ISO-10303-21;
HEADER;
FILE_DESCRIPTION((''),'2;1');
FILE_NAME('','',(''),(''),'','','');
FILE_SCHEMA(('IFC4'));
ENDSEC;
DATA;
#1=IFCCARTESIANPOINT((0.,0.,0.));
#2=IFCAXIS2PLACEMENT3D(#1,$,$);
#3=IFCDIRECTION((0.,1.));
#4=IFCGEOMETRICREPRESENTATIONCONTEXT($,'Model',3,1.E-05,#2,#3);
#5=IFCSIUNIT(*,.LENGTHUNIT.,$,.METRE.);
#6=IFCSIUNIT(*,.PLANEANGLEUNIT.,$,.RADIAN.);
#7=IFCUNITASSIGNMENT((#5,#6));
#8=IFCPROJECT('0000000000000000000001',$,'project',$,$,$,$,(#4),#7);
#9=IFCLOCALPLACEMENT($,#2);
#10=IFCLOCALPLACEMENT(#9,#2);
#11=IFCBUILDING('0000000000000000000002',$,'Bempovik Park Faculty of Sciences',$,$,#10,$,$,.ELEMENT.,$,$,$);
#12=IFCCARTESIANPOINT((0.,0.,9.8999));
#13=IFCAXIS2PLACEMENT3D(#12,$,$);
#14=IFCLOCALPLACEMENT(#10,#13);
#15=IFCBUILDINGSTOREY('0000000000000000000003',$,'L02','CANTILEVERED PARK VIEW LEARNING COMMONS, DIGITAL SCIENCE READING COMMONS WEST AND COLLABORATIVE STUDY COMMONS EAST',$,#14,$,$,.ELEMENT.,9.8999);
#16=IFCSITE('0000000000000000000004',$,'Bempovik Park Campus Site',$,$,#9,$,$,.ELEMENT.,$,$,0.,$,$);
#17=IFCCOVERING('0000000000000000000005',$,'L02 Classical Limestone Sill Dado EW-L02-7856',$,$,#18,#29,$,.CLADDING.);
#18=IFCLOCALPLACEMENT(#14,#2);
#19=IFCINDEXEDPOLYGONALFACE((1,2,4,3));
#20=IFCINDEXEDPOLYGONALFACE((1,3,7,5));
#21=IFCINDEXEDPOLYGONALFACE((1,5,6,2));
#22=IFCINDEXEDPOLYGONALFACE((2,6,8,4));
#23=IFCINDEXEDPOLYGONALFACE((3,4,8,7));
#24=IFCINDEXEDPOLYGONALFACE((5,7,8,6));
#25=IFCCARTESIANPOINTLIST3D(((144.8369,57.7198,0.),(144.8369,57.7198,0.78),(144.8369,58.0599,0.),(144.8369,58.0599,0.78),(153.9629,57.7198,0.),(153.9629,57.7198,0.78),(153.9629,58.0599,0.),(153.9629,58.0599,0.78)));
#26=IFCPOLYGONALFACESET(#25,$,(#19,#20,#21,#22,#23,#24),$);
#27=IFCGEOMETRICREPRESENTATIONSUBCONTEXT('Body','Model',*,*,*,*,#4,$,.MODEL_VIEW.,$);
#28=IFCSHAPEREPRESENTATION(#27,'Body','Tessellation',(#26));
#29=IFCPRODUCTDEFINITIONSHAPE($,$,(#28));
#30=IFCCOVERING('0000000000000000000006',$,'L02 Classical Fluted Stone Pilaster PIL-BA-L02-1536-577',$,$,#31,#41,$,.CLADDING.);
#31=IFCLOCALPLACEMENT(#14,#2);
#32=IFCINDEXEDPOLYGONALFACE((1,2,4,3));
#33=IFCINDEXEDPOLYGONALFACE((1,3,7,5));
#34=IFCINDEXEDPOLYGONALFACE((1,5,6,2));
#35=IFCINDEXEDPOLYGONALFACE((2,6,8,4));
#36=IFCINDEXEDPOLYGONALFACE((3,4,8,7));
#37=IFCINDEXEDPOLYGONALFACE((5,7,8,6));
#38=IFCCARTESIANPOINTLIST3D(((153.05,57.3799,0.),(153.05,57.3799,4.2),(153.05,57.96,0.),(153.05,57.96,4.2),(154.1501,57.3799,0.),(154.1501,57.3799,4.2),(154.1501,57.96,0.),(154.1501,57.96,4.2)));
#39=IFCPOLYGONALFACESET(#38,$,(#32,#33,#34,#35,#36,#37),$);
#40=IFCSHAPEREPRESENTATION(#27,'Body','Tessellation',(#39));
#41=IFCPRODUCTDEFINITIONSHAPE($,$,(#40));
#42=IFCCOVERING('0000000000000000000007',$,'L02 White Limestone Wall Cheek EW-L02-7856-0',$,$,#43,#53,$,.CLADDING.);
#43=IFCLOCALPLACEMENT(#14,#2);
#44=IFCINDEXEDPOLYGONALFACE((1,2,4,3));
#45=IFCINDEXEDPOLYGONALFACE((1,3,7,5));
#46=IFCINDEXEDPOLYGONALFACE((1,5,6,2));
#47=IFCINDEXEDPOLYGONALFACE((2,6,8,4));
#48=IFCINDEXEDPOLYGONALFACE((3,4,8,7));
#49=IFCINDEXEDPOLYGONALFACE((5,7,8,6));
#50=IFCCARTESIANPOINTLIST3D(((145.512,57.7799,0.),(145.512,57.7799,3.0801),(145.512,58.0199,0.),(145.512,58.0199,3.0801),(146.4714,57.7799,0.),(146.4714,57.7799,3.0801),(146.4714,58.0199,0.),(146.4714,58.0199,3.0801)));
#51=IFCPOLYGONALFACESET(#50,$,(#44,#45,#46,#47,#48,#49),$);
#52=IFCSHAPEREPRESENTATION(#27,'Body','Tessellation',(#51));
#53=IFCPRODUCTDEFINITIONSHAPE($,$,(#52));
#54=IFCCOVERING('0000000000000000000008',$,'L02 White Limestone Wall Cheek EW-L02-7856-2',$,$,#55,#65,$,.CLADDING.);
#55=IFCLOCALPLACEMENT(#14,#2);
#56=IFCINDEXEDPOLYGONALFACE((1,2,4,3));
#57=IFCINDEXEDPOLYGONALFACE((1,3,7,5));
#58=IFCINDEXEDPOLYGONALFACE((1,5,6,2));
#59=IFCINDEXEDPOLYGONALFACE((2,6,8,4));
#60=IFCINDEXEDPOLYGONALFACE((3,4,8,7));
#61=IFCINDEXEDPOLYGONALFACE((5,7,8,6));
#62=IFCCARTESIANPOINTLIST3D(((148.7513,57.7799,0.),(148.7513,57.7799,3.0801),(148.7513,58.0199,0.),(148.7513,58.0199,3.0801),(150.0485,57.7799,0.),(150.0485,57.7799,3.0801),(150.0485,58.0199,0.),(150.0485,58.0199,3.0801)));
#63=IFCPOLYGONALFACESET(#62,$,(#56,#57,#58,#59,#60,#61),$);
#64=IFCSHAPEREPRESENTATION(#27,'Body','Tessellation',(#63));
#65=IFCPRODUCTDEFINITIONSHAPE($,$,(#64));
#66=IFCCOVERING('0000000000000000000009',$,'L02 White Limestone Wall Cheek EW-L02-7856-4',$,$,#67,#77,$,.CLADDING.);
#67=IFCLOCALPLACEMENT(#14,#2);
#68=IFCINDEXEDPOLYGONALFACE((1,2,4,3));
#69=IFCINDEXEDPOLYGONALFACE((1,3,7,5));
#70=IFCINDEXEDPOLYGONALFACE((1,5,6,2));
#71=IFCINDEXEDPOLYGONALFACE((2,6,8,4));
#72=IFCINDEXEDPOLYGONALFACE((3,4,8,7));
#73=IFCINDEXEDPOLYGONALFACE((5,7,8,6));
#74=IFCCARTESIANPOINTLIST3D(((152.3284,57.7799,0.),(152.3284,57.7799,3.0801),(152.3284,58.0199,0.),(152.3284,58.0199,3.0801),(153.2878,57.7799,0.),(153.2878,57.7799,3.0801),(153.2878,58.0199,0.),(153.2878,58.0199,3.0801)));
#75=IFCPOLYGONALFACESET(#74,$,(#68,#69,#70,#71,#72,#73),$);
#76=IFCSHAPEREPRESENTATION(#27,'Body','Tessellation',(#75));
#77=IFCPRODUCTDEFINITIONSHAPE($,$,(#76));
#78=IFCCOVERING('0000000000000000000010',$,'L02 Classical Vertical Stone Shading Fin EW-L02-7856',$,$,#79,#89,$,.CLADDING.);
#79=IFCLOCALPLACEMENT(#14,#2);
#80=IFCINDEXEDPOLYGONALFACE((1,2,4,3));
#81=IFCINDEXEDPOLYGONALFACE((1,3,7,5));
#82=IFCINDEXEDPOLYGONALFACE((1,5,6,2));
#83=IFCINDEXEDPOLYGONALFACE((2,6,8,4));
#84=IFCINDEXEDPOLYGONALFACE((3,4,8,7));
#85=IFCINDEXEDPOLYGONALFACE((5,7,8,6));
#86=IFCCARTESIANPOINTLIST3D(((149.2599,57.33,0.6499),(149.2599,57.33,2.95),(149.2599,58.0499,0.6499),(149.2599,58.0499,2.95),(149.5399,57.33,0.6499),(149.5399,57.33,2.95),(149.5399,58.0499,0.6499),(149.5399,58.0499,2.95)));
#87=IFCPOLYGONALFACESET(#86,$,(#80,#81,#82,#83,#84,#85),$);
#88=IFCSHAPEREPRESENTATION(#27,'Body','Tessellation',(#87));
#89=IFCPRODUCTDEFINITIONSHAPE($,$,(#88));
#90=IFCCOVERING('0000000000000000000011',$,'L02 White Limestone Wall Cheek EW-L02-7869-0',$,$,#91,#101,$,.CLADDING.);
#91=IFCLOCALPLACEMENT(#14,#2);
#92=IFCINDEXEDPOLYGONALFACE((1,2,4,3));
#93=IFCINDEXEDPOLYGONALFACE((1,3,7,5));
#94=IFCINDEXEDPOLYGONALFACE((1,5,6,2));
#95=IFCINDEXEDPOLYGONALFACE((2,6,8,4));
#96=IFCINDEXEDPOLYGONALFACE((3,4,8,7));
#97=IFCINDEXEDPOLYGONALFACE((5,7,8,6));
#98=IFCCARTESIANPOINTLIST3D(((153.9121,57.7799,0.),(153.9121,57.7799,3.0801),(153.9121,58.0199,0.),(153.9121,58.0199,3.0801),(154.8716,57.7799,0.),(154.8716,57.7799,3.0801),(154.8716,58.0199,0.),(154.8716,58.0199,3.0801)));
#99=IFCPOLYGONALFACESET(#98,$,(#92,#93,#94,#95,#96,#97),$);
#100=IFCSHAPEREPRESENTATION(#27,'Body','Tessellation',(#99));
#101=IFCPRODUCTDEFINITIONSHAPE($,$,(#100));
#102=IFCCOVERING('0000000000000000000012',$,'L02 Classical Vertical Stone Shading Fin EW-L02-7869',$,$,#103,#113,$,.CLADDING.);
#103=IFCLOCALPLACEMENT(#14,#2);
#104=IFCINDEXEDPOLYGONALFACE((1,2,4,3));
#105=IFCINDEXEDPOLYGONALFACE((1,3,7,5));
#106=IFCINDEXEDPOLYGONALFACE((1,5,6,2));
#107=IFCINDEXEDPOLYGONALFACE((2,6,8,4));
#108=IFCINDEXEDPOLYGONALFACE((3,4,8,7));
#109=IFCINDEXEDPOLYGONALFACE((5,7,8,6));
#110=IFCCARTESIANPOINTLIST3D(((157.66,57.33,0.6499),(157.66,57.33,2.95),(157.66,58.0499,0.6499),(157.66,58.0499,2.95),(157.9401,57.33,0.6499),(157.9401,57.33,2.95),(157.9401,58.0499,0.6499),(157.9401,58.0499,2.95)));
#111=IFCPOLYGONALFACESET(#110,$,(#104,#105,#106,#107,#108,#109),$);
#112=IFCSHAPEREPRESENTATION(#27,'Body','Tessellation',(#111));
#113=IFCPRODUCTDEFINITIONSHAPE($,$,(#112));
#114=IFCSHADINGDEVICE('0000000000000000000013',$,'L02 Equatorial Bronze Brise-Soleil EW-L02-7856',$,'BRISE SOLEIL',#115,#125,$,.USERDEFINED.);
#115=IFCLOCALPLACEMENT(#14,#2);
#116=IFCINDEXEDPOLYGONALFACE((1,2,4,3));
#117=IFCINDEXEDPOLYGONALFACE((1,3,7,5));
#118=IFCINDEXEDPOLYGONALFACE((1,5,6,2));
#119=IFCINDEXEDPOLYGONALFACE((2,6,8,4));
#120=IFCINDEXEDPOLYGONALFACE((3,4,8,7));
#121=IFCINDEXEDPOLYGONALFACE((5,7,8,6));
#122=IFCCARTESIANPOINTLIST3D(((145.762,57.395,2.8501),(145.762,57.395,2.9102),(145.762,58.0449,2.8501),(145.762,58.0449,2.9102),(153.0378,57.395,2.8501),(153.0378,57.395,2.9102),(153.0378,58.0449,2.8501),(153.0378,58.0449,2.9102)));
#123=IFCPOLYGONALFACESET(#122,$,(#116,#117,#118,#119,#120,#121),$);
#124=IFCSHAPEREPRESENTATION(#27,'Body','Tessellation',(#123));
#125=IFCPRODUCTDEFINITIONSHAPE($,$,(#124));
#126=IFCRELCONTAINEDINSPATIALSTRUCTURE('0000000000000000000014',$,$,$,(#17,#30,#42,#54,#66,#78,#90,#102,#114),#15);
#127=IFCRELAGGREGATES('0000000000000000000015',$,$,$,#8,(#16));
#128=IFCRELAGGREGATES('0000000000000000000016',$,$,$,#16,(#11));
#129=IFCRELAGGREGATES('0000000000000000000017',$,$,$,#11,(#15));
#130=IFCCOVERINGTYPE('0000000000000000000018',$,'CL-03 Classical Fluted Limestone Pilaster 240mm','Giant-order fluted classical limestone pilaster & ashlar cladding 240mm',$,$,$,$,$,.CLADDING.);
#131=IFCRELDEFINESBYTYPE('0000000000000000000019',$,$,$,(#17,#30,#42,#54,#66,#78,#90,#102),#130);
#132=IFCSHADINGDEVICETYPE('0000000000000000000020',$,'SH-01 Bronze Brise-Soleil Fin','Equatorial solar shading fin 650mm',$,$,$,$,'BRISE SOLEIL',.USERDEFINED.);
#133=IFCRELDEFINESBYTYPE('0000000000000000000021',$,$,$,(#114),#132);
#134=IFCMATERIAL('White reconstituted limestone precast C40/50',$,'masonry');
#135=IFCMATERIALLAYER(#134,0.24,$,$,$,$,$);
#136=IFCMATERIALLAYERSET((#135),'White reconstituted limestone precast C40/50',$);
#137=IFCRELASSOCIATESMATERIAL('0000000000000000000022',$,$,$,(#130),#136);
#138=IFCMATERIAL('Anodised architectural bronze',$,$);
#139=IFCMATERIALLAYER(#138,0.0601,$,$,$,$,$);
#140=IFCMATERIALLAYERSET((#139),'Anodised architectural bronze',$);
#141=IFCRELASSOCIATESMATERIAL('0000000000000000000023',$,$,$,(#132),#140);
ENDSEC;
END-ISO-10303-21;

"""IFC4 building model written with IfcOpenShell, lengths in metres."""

from ifc_helpers import new_model, si_unit, direction, frame, origin, origin_2d, place, context, subcontext, project, spatial, rectangle, extrude, material, layer, layer_set, type_object, element, save


model = new_model("IFC4")

# Units and contexts
model_context = context("Model", 3, precision=1e-05, world=origin(), true_north=direction((0.0, 1.0)))
body_context = subcontext(model_context, "Body", "Model", "MODEL_VIEW")
ifc_project = project(units=[si_unit("LENGTHUNIT", "METRE"), si_unit("PLANEANGLEUNIT", "RADIAN")], contexts=[model_context])

# Site, building, storey
site_placement = place(None, origin())
site = spatial("IfcSite", under=ifc_project, at=site_placement, Name="Bempovik Park Campus Site", CompositionType="ELEMENT", RefElevation=0.0)
building_placement = place(site_placement, origin())
building = spatial("IfcBuilding", under=site, at=building_placement, Name="Bempovik Park Faculty of Sciences", CompositionType="ELEMENT")
storey_placement = place(building_placement, frame((0.0, 0.0, 9.8999)))
storey = spatial("IfcBuildingStorey", under=building, at=storey_placement, Name="L02", Description="CANTILEVERED PARK VIEW LEARNING COMMONS, DIGITAL SCIENCE READING COMMONS WEST AND COLLABORATIVE STUDY COMMONS EAST", CompositionType="ELEMENT", Elevation=9.8999)

# Coverings
ifc_material_1 = material(Name="White reconstituted limestone precast C40/50", Category="masonry")
ifc_layer_1 = layer(ifc_material_1, 0.24)
ifc_layer_set_1 = layer_set([ifc_layer_1], Name="White reconstituted limestone precast C40/50")
covering_type_1 = type_object("IfcCoveringType", Name="CL-03 Classical Fluted Limestone Pilaster 240mm", Description="Giant-order fluted classical limestone pilaster & ashlar cladding 240mm", PredefinedType="CLADDING", material=ifc_layer_set_1)
covering_1_placement = place(storey_placement, frame((149.3999, 57.8899, 0.0), z_axis=(0.0, 0.0, 1.0), x_axis=(1.0, 0.0, 0.0)))
element("IfcCovering", 1, at=covering_1_placement, inside=storey, type_object=covering_type_1, Name="L02 Classical Limestone Sill Dado EW-L02-7856", PredefinedType="CLADDING", context=body_context, shape_type="SweptSolid", body=[
    extrude(rectangle(XDim=9.126, YDim=0.3401, at=origin_2d()), origin(), (0.0, 0.0, 1.0), 0.78),
])
covering_2_placement = place(storey_placement, frame((153.6001, 57.6699, 0.0), z_axis=(0.0, 0.0, 1.0), x_axis=(1.0, 0.0, 0.0)))
element("IfcCovering", 2, at=covering_2_placement, inside=storey, type_object=covering_type_1, Name="L02 Classical Fluted Stone Pilaster PIL-BA-L02-1536-577", PredefinedType="CLADDING", context=body_context, shape_type="SweptSolid", body=[
    extrude(rectangle(XDim=1.1001, YDim=0.5801, at=origin_2d()), origin(), (0.0, 0.0, 1.0), 4.2),
])
covering_3_placement = place(storey_placement, frame((145.9917, 57.8999, 0.0), z_axis=(0.0, 0.0, 1.0), x_axis=(1.0, 0.0, 0.0)))
element("IfcCovering", 3, at=covering_3_placement, inside=storey, type_object=covering_type_1, Name="L02 White Limestone Wall Cheek EW-L02-7856-0", PredefinedType="CLADDING", context=body_context, shape_type="SweptSolid", body=[
    extrude(rectangle(XDim=0.9595, YDim=0.24, at=origin_2d()), origin(), (0.0, 0.0, 1.0), 3.0801),
])
covering_4_placement = place(storey_placement, frame((149.3999, 57.8999, 0.0), z_axis=(0.0, 0.0, 1.0), x_axis=(1.0, 0.0, 0.0)))
element("IfcCovering", 4, at=covering_4_placement, inside=storey, type_object=covering_type_1, Name="L02 White Limestone Wall Cheek EW-L02-7856-2", PredefinedType="CLADDING", context=body_context, shape_type="SweptSolid", body=[
    extrude(rectangle(XDim=1.2971, YDim=0.24, at=origin_2d()), origin(), (0.0, 0.0, 1.0), 3.0801),
])
covering_5_placement = place(storey_placement, frame((152.8081, 57.8999, 0.0), z_axis=(0.0, 0.0, 1.0), x_axis=(1.0, 0.0, 0.0)))
element("IfcCovering", 5, at=covering_5_placement, inside=storey, type_object=covering_type_1, Name="L02 White Limestone Wall Cheek EW-L02-7856-4", PredefinedType="CLADDING", context=body_context, shape_type="SweptSolid", body=[
    extrude(rectangle(XDim=0.9595, YDim=0.24, at=origin_2d()), origin(), (0.0, 0.0, 1.0), 3.0801),
])
covering_6_placement = place(storey_placement, frame((149.3999, 57.6899, 0.6499), z_axis=(0.0, 0.0, 1.0), x_axis=(1.0, 0.0, 0.0)))
element("IfcCovering", 6, at=covering_6_placement, inside=storey, type_object=covering_type_1, Name="L02 Classical Vertical Stone Shading Fin EW-L02-7856", PredefinedType="CLADDING", context=body_context, shape_type="SweptSolid", body=[
    extrude(rectangle(XDim=0.28, YDim=0.72, at=origin_2d()), origin(), (0.0, 0.0, 1.0), 2.3),
])
covering_7_placement = place(storey_placement, frame((154.3918, 57.8999, 0.0), z_axis=(0.0, 0.0, 1.0), x_axis=(1.0, 0.0, 0.0)))
element("IfcCovering", 7, at=covering_7_placement, inside=storey, type_object=covering_type_1, Name="L02 White Limestone Wall Cheek EW-L02-7869-0", PredefinedType="CLADDING", context=body_context, shape_type="SweptSolid", body=[
    extrude(rectangle(XDim=0.9595, YDim=0.24, at=origin_2d()), origin(), (0.0, 0.0, 1.0), 3.0801),
])
covering_8_placement = place(storey_placement, frame((157.8, 57.6899, 0.6499), z_axis=(0.0, 0.0, 1.0), x_axis=(1.0, 0.0, 0.0)))
element("IfcCovering", 8, at=covering_8_placement, inside=storey, type_object=covering_type_1, Name="L02 Classical Vertical Stone Shading Fin EW-L02-7869", PredefinedType="CLADDING", context=body_context, shape_type="SweptSolid", body=[
    extrude(rectangle(XDim=0.28, YDim=0.72, at=origin_2d()), origin(), (0.0, 0.0, 1.0), 2.3),
])

# Shading device
ifc_material_2 = material(Name="Anodised architectural bronze")
ifc_layer_2 = layer(ifc_material_2, 0.0601)
ifc_layer_set_2 = layer_set([ifc_layer_2], Name="Anodised architectural bronze")
shading_device_type = type_object("IfcShadingDeviceType", Name="SH-01 Bronze Brise-Soleil Fin", Description="Equatorial solar shading fin 650mm", ElementType="BRISE SOLEIL", PredefinedType="USERDEFINED", material=ifc_layer_set_2)
shading_device_placement = place(storey_placement, frame((149.3999, 57.72, 2.8501), z_axis=(0.0, 0.0, 1.0), x_axis=(1.0, 0.0, 0.0)))
element("IfcShadingDevice", 9, at=shading_device_placement, inside=storey, type_object=shading_device_type, Name="L02 Equatorial Bronze Brise-Soleil EW-L02-7856", ObjectType="BRISE SOLEIL", PredefinedType="USERDEFINED", context=body_context, shape_type="SweptSolid", body=[
    extrude(rectangle(XDim=7.2759, YDim=0.6499, at=origin_2d()), origin(), (0.0, 0.0, 1.0), 0.0601),
])

save(model, "model.ifc")
